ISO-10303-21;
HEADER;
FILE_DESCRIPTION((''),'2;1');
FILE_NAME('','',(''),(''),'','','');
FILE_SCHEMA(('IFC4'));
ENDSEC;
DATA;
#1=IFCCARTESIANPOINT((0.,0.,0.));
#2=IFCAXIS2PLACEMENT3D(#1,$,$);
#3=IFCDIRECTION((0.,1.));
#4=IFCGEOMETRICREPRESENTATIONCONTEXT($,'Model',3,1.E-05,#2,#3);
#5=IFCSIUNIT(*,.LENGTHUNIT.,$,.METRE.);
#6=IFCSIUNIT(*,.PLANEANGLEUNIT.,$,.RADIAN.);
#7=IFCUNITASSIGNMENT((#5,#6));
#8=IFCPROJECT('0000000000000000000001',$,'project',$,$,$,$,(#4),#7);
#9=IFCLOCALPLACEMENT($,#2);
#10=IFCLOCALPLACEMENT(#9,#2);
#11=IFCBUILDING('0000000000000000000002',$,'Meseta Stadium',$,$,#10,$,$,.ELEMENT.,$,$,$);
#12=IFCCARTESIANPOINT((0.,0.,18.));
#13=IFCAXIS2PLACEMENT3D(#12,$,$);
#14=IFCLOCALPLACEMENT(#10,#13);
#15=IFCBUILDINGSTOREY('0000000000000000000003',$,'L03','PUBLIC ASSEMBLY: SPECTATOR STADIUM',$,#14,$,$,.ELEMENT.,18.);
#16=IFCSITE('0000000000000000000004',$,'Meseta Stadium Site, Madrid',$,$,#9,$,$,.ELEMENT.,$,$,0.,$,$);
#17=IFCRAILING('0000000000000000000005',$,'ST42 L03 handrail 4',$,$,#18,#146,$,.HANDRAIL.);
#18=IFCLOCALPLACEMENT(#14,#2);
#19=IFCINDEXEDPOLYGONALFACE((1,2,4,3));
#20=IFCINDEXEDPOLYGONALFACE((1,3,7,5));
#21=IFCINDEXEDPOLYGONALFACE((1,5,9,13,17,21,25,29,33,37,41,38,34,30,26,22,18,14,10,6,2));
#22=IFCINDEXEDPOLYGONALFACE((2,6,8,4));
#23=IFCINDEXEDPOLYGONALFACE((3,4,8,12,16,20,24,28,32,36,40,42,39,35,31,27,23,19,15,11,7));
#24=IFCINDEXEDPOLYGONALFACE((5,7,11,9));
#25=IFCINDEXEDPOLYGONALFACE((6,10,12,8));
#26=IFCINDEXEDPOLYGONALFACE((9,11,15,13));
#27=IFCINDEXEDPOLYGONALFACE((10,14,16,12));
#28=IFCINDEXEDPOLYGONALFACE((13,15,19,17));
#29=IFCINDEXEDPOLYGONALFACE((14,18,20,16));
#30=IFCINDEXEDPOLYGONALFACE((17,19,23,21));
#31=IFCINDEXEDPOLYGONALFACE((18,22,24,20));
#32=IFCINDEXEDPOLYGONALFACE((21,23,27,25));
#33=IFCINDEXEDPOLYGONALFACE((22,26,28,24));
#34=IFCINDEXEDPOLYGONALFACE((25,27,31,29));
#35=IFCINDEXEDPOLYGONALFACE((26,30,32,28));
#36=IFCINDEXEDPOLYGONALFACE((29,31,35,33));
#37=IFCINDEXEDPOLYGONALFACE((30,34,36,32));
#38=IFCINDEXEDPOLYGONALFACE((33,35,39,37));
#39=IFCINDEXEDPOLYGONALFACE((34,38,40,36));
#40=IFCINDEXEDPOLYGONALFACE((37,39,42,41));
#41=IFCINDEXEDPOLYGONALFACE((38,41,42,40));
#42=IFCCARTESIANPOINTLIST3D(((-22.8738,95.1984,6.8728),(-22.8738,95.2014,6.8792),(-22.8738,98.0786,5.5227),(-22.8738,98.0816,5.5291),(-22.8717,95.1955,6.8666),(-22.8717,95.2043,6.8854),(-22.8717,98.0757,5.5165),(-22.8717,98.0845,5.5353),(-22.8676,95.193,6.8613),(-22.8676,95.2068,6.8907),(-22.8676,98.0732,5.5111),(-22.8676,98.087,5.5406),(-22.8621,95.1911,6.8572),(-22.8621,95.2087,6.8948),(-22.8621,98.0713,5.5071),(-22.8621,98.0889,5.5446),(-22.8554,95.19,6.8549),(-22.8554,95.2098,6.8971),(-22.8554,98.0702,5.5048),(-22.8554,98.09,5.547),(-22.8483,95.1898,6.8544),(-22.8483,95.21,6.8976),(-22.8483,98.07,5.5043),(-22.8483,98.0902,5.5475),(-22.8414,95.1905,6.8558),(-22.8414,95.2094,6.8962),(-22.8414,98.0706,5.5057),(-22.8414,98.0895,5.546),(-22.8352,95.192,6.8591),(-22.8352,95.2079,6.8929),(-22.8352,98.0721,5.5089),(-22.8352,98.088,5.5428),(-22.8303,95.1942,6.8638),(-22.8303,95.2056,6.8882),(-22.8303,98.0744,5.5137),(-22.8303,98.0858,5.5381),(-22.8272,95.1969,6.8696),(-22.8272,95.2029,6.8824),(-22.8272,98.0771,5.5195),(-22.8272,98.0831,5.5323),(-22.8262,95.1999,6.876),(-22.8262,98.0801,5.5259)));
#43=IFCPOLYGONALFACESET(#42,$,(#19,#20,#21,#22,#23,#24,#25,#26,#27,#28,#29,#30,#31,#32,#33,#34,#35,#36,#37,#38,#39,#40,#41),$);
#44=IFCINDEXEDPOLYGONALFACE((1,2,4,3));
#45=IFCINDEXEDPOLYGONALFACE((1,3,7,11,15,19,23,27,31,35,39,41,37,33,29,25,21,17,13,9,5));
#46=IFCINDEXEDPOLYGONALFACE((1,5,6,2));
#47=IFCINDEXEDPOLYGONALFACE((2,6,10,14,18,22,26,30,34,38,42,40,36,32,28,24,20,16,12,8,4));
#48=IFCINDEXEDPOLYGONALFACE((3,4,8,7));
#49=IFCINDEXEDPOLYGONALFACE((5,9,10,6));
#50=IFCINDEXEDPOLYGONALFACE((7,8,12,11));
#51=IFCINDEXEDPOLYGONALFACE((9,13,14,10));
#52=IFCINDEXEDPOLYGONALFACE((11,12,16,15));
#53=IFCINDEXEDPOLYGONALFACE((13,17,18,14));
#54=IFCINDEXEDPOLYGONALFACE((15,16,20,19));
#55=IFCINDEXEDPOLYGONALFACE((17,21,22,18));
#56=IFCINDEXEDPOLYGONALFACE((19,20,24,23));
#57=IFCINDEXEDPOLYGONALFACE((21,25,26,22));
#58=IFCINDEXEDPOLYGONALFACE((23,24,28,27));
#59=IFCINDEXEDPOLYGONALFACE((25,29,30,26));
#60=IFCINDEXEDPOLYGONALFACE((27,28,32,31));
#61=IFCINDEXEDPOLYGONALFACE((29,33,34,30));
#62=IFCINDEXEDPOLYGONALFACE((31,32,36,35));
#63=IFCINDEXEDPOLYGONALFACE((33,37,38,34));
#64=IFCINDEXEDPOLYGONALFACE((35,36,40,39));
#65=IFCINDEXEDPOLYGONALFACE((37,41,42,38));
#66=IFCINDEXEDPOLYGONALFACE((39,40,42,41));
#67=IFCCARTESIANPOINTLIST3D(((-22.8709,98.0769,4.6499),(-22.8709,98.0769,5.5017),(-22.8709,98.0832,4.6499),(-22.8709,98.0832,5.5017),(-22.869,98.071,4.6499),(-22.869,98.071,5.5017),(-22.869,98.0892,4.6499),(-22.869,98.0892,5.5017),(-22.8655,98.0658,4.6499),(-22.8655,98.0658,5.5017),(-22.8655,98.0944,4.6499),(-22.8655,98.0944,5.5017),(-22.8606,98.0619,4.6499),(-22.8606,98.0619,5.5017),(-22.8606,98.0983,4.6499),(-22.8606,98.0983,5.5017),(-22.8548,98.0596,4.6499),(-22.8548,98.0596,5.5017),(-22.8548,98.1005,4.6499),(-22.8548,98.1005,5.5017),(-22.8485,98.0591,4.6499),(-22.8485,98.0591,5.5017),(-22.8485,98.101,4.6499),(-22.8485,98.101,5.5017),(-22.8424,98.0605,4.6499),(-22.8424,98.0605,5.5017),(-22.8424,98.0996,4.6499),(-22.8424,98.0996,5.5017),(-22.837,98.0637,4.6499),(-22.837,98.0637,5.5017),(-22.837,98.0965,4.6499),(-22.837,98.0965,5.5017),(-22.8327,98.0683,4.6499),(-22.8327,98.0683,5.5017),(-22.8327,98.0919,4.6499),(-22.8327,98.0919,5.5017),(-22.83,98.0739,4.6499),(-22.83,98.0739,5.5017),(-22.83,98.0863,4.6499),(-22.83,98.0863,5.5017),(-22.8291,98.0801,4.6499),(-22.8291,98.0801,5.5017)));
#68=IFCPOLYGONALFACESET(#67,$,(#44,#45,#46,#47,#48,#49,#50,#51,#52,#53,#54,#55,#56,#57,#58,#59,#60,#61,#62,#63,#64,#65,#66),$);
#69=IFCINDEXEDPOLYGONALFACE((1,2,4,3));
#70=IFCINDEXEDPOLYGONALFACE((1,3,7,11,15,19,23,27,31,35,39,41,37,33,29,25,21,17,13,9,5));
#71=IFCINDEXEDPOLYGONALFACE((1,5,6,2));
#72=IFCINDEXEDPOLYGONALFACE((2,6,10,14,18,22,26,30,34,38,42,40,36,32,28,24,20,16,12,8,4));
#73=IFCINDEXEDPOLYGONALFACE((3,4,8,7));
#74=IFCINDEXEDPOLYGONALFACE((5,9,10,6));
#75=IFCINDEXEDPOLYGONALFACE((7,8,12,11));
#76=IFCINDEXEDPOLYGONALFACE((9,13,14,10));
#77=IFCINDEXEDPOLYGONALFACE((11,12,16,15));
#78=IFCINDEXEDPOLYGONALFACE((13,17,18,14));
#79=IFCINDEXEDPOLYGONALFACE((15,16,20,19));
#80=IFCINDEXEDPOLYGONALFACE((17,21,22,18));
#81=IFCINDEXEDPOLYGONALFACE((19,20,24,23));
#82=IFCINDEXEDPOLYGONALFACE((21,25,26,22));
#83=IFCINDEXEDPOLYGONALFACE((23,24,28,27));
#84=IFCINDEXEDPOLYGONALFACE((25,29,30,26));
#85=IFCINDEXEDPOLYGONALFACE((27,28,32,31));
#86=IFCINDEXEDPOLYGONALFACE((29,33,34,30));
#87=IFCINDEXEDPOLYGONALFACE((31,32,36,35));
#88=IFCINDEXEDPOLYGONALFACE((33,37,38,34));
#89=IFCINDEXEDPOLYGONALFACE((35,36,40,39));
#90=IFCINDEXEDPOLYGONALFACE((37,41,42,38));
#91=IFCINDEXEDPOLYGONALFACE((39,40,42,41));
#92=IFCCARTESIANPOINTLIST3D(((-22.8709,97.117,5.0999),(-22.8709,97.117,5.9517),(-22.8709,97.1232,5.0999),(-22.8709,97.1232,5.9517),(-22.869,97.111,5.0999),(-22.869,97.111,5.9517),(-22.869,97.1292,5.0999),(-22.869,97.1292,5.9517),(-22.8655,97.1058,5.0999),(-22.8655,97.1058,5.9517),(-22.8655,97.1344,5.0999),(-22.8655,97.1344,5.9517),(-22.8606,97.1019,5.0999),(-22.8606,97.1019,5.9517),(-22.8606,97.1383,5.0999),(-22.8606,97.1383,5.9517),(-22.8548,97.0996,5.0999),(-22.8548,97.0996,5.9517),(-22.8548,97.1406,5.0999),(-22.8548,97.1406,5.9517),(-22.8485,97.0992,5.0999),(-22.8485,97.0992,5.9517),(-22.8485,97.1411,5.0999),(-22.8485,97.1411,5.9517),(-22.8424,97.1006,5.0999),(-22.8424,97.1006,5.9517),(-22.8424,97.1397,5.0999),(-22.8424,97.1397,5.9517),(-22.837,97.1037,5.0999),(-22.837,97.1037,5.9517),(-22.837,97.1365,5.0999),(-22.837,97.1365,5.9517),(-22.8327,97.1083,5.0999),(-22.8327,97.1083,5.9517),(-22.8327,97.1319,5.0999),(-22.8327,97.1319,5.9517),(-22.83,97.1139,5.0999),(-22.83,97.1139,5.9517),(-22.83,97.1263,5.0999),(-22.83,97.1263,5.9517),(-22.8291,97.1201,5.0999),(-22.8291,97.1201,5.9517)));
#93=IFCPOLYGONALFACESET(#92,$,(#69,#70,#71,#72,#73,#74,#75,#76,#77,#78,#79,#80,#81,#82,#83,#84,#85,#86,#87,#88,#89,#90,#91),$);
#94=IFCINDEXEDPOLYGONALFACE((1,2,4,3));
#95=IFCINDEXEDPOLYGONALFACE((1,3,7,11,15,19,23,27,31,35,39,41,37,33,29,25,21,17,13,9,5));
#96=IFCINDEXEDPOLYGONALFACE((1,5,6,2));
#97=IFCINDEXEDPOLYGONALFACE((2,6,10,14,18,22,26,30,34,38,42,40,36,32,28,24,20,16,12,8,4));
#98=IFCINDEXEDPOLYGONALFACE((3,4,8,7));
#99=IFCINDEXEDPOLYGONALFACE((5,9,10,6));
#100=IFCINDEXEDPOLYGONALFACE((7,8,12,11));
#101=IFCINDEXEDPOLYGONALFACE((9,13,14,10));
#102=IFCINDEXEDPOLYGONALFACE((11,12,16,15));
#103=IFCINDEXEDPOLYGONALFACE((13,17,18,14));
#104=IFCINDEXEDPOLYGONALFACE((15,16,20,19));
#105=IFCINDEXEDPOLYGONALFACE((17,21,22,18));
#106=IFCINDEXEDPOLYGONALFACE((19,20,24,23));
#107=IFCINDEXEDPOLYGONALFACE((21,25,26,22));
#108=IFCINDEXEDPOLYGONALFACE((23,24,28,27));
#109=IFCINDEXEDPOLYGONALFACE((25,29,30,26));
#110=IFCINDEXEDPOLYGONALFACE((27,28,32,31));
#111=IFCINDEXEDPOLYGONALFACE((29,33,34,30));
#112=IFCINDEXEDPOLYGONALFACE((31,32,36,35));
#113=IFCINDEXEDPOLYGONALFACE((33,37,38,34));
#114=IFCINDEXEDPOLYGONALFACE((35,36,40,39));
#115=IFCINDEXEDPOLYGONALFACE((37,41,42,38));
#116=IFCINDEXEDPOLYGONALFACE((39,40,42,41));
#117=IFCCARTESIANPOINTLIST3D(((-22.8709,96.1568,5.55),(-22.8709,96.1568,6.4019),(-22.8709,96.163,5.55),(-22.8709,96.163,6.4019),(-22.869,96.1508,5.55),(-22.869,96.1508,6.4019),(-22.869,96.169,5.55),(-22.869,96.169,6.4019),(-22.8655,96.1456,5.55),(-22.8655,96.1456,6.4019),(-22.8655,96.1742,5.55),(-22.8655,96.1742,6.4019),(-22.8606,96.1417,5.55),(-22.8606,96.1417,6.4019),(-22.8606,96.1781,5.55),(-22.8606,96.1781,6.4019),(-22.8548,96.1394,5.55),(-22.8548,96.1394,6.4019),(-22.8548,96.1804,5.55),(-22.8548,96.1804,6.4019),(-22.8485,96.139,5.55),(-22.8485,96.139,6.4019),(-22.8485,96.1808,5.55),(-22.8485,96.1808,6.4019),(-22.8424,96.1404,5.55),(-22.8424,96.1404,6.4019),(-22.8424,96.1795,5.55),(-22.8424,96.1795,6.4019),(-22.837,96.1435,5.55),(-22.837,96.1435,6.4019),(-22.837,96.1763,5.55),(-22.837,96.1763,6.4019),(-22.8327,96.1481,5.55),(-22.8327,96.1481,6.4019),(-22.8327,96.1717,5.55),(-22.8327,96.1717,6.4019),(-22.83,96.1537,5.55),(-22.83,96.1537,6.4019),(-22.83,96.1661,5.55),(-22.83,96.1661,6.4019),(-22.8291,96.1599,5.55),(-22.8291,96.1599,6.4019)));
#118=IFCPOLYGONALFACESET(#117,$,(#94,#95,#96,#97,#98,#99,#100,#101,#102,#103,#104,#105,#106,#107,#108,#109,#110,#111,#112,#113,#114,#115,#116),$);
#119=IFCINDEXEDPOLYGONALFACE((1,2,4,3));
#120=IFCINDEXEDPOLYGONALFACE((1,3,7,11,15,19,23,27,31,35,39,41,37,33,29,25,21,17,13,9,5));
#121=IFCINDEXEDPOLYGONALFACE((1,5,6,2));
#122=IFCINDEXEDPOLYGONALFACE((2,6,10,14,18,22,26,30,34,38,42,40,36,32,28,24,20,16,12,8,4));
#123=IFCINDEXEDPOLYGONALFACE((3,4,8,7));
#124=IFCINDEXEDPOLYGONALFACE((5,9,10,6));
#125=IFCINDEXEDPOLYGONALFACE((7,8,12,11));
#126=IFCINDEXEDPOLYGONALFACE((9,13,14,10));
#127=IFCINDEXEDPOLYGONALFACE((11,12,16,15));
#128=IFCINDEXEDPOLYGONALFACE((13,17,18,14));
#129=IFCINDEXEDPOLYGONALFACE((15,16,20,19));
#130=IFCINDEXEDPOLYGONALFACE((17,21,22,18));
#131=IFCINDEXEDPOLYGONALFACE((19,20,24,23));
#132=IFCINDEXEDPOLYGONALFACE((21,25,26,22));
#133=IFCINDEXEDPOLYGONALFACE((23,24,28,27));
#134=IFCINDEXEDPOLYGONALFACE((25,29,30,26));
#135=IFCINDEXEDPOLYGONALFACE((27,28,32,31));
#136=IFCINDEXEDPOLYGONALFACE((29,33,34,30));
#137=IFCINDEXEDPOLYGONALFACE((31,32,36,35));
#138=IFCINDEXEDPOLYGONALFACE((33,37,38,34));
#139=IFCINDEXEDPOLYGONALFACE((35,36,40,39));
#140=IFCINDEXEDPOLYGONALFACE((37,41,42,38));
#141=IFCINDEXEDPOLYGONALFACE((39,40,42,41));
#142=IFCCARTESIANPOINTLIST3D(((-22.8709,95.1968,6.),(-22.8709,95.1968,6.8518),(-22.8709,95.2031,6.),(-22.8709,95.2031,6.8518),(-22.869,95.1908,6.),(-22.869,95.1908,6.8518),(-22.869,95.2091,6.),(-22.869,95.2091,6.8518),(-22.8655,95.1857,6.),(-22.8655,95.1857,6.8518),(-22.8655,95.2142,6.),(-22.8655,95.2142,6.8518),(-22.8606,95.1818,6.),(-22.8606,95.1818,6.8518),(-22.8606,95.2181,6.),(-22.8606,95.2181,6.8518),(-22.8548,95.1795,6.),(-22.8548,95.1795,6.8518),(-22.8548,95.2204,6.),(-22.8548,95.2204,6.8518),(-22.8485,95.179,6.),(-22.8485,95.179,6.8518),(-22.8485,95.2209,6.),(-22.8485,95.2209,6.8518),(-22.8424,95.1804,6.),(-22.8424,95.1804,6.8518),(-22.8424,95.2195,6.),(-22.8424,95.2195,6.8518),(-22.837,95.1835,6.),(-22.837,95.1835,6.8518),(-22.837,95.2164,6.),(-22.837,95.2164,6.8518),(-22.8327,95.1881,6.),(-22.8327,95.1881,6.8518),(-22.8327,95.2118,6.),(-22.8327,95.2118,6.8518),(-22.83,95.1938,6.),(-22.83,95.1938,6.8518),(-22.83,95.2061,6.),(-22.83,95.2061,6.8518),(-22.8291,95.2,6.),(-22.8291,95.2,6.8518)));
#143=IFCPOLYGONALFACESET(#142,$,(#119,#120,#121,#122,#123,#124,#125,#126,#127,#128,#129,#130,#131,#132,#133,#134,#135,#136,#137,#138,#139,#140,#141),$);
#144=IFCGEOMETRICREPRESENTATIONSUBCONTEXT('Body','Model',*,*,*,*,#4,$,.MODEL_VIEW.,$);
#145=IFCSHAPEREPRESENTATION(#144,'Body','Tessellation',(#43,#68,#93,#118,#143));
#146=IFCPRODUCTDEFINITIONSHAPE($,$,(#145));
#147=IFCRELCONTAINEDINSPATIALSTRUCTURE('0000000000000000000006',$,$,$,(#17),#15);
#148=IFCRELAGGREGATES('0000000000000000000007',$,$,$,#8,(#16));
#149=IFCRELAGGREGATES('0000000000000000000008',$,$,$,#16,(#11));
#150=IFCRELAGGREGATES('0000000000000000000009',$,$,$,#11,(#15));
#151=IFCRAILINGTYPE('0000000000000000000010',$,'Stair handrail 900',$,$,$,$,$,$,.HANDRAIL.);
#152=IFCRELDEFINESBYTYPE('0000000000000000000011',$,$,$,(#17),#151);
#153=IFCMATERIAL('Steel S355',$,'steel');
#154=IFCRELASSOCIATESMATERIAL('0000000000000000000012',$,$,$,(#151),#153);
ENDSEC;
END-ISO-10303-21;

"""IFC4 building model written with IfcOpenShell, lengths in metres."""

from ifc_helpers import new_model, si_unit, direction, frame, origin, origin_2d, place, context, subcontext, project, spatial, circle, extrude, material, type_object, element, save


model = new_model("IFC4")

# Units and contexts
model_context = context("Model", 3, precision=1e-05, world=origin(), true_north=direction((0.0, 1.0)))
body_context = subcontext(model_context, "Body", "Model", "MODEL_VIEW")
ifc_project = project(units=[si_unit("LENGTHUNIT", "METRE"), si_unit("PLANEANGLEUNIT", "RADIAN")], contexts=[model_context])

# Site, building, storey
site_placement = place(None, origin())
site = spatial("IfcSite", under=ifc_project, at=site_placement, Name="Meseta Stadium Site, Madrid", CompositionType="ELEMENT", RefElevation=0.0)
building_placement = place(site_placement, origin())
building = spatial("IfcBuilding", under=site, at=building_placement, Name="Meseta Stadium", CompositionType="ELEMENT")
storey_placement = place(building_placement, frame((0.0, 0.0, 18.0)))
storey = spatial("IfcBuildingStorey", under=building, at=storey_placement, Name="L03", Description="PUBLIC ASSEMBLY: SPECTATOR STADIUM", CompositionType="ELEMENT", Elevation=18.0)

# Railing
ifc_material_1 = material(Name="Steel S355", Category="steel")
railing_type_1 = type_object("IfcRailingType", Name="Stair handrail 900", PredefinedType="HANDRAIL", material=ifc_material_1)
railing_1_placement = place(storey_placement, frame((-22.8501, 98.0801, 4.6499)))
element("IfcRailing", 1, at=railing_1_placement, inside=storey, type_object=railing_type_1, Name="ST42 L03 handrail 4", PredefinedType="HANDRAIL", context=body_context, shape_type="SweptSolid", body=[
    extrude(circle(Radius=0.0239, at=origin_2d()), frame((0.0, 0.0, 0.876), z_axis=(0.0, -0.905454, 0.424444), x_axis=(1.0, 0.0, 0.0)), (0.0, 0.0, 1.0), 3.1809),
    extrude(circle(Radius=0.021, at=origin_2d()), origin(), (0.0, 0.0, 1.0), 0.8518),
    extrude(circle(Radius=0.021, at=origin_2d()), frame((0.0, -0.96, 0.45)), (0.0, 0.0, 1.0), 0.8518),
    extrude(circle(Radius=0.021, at=origin_2d()), frame((0.0, -1.9202, 0.9001)), (0.0, 0.0, 1.0), 0.8518),
    extrude(circle(Radius=0.021, at=origin_2d()), frame((0.0, -2.8801, 1.3501)), (0.0, 0.0, 1.0), 0.8518),
])

save(model, "model.ifc")
